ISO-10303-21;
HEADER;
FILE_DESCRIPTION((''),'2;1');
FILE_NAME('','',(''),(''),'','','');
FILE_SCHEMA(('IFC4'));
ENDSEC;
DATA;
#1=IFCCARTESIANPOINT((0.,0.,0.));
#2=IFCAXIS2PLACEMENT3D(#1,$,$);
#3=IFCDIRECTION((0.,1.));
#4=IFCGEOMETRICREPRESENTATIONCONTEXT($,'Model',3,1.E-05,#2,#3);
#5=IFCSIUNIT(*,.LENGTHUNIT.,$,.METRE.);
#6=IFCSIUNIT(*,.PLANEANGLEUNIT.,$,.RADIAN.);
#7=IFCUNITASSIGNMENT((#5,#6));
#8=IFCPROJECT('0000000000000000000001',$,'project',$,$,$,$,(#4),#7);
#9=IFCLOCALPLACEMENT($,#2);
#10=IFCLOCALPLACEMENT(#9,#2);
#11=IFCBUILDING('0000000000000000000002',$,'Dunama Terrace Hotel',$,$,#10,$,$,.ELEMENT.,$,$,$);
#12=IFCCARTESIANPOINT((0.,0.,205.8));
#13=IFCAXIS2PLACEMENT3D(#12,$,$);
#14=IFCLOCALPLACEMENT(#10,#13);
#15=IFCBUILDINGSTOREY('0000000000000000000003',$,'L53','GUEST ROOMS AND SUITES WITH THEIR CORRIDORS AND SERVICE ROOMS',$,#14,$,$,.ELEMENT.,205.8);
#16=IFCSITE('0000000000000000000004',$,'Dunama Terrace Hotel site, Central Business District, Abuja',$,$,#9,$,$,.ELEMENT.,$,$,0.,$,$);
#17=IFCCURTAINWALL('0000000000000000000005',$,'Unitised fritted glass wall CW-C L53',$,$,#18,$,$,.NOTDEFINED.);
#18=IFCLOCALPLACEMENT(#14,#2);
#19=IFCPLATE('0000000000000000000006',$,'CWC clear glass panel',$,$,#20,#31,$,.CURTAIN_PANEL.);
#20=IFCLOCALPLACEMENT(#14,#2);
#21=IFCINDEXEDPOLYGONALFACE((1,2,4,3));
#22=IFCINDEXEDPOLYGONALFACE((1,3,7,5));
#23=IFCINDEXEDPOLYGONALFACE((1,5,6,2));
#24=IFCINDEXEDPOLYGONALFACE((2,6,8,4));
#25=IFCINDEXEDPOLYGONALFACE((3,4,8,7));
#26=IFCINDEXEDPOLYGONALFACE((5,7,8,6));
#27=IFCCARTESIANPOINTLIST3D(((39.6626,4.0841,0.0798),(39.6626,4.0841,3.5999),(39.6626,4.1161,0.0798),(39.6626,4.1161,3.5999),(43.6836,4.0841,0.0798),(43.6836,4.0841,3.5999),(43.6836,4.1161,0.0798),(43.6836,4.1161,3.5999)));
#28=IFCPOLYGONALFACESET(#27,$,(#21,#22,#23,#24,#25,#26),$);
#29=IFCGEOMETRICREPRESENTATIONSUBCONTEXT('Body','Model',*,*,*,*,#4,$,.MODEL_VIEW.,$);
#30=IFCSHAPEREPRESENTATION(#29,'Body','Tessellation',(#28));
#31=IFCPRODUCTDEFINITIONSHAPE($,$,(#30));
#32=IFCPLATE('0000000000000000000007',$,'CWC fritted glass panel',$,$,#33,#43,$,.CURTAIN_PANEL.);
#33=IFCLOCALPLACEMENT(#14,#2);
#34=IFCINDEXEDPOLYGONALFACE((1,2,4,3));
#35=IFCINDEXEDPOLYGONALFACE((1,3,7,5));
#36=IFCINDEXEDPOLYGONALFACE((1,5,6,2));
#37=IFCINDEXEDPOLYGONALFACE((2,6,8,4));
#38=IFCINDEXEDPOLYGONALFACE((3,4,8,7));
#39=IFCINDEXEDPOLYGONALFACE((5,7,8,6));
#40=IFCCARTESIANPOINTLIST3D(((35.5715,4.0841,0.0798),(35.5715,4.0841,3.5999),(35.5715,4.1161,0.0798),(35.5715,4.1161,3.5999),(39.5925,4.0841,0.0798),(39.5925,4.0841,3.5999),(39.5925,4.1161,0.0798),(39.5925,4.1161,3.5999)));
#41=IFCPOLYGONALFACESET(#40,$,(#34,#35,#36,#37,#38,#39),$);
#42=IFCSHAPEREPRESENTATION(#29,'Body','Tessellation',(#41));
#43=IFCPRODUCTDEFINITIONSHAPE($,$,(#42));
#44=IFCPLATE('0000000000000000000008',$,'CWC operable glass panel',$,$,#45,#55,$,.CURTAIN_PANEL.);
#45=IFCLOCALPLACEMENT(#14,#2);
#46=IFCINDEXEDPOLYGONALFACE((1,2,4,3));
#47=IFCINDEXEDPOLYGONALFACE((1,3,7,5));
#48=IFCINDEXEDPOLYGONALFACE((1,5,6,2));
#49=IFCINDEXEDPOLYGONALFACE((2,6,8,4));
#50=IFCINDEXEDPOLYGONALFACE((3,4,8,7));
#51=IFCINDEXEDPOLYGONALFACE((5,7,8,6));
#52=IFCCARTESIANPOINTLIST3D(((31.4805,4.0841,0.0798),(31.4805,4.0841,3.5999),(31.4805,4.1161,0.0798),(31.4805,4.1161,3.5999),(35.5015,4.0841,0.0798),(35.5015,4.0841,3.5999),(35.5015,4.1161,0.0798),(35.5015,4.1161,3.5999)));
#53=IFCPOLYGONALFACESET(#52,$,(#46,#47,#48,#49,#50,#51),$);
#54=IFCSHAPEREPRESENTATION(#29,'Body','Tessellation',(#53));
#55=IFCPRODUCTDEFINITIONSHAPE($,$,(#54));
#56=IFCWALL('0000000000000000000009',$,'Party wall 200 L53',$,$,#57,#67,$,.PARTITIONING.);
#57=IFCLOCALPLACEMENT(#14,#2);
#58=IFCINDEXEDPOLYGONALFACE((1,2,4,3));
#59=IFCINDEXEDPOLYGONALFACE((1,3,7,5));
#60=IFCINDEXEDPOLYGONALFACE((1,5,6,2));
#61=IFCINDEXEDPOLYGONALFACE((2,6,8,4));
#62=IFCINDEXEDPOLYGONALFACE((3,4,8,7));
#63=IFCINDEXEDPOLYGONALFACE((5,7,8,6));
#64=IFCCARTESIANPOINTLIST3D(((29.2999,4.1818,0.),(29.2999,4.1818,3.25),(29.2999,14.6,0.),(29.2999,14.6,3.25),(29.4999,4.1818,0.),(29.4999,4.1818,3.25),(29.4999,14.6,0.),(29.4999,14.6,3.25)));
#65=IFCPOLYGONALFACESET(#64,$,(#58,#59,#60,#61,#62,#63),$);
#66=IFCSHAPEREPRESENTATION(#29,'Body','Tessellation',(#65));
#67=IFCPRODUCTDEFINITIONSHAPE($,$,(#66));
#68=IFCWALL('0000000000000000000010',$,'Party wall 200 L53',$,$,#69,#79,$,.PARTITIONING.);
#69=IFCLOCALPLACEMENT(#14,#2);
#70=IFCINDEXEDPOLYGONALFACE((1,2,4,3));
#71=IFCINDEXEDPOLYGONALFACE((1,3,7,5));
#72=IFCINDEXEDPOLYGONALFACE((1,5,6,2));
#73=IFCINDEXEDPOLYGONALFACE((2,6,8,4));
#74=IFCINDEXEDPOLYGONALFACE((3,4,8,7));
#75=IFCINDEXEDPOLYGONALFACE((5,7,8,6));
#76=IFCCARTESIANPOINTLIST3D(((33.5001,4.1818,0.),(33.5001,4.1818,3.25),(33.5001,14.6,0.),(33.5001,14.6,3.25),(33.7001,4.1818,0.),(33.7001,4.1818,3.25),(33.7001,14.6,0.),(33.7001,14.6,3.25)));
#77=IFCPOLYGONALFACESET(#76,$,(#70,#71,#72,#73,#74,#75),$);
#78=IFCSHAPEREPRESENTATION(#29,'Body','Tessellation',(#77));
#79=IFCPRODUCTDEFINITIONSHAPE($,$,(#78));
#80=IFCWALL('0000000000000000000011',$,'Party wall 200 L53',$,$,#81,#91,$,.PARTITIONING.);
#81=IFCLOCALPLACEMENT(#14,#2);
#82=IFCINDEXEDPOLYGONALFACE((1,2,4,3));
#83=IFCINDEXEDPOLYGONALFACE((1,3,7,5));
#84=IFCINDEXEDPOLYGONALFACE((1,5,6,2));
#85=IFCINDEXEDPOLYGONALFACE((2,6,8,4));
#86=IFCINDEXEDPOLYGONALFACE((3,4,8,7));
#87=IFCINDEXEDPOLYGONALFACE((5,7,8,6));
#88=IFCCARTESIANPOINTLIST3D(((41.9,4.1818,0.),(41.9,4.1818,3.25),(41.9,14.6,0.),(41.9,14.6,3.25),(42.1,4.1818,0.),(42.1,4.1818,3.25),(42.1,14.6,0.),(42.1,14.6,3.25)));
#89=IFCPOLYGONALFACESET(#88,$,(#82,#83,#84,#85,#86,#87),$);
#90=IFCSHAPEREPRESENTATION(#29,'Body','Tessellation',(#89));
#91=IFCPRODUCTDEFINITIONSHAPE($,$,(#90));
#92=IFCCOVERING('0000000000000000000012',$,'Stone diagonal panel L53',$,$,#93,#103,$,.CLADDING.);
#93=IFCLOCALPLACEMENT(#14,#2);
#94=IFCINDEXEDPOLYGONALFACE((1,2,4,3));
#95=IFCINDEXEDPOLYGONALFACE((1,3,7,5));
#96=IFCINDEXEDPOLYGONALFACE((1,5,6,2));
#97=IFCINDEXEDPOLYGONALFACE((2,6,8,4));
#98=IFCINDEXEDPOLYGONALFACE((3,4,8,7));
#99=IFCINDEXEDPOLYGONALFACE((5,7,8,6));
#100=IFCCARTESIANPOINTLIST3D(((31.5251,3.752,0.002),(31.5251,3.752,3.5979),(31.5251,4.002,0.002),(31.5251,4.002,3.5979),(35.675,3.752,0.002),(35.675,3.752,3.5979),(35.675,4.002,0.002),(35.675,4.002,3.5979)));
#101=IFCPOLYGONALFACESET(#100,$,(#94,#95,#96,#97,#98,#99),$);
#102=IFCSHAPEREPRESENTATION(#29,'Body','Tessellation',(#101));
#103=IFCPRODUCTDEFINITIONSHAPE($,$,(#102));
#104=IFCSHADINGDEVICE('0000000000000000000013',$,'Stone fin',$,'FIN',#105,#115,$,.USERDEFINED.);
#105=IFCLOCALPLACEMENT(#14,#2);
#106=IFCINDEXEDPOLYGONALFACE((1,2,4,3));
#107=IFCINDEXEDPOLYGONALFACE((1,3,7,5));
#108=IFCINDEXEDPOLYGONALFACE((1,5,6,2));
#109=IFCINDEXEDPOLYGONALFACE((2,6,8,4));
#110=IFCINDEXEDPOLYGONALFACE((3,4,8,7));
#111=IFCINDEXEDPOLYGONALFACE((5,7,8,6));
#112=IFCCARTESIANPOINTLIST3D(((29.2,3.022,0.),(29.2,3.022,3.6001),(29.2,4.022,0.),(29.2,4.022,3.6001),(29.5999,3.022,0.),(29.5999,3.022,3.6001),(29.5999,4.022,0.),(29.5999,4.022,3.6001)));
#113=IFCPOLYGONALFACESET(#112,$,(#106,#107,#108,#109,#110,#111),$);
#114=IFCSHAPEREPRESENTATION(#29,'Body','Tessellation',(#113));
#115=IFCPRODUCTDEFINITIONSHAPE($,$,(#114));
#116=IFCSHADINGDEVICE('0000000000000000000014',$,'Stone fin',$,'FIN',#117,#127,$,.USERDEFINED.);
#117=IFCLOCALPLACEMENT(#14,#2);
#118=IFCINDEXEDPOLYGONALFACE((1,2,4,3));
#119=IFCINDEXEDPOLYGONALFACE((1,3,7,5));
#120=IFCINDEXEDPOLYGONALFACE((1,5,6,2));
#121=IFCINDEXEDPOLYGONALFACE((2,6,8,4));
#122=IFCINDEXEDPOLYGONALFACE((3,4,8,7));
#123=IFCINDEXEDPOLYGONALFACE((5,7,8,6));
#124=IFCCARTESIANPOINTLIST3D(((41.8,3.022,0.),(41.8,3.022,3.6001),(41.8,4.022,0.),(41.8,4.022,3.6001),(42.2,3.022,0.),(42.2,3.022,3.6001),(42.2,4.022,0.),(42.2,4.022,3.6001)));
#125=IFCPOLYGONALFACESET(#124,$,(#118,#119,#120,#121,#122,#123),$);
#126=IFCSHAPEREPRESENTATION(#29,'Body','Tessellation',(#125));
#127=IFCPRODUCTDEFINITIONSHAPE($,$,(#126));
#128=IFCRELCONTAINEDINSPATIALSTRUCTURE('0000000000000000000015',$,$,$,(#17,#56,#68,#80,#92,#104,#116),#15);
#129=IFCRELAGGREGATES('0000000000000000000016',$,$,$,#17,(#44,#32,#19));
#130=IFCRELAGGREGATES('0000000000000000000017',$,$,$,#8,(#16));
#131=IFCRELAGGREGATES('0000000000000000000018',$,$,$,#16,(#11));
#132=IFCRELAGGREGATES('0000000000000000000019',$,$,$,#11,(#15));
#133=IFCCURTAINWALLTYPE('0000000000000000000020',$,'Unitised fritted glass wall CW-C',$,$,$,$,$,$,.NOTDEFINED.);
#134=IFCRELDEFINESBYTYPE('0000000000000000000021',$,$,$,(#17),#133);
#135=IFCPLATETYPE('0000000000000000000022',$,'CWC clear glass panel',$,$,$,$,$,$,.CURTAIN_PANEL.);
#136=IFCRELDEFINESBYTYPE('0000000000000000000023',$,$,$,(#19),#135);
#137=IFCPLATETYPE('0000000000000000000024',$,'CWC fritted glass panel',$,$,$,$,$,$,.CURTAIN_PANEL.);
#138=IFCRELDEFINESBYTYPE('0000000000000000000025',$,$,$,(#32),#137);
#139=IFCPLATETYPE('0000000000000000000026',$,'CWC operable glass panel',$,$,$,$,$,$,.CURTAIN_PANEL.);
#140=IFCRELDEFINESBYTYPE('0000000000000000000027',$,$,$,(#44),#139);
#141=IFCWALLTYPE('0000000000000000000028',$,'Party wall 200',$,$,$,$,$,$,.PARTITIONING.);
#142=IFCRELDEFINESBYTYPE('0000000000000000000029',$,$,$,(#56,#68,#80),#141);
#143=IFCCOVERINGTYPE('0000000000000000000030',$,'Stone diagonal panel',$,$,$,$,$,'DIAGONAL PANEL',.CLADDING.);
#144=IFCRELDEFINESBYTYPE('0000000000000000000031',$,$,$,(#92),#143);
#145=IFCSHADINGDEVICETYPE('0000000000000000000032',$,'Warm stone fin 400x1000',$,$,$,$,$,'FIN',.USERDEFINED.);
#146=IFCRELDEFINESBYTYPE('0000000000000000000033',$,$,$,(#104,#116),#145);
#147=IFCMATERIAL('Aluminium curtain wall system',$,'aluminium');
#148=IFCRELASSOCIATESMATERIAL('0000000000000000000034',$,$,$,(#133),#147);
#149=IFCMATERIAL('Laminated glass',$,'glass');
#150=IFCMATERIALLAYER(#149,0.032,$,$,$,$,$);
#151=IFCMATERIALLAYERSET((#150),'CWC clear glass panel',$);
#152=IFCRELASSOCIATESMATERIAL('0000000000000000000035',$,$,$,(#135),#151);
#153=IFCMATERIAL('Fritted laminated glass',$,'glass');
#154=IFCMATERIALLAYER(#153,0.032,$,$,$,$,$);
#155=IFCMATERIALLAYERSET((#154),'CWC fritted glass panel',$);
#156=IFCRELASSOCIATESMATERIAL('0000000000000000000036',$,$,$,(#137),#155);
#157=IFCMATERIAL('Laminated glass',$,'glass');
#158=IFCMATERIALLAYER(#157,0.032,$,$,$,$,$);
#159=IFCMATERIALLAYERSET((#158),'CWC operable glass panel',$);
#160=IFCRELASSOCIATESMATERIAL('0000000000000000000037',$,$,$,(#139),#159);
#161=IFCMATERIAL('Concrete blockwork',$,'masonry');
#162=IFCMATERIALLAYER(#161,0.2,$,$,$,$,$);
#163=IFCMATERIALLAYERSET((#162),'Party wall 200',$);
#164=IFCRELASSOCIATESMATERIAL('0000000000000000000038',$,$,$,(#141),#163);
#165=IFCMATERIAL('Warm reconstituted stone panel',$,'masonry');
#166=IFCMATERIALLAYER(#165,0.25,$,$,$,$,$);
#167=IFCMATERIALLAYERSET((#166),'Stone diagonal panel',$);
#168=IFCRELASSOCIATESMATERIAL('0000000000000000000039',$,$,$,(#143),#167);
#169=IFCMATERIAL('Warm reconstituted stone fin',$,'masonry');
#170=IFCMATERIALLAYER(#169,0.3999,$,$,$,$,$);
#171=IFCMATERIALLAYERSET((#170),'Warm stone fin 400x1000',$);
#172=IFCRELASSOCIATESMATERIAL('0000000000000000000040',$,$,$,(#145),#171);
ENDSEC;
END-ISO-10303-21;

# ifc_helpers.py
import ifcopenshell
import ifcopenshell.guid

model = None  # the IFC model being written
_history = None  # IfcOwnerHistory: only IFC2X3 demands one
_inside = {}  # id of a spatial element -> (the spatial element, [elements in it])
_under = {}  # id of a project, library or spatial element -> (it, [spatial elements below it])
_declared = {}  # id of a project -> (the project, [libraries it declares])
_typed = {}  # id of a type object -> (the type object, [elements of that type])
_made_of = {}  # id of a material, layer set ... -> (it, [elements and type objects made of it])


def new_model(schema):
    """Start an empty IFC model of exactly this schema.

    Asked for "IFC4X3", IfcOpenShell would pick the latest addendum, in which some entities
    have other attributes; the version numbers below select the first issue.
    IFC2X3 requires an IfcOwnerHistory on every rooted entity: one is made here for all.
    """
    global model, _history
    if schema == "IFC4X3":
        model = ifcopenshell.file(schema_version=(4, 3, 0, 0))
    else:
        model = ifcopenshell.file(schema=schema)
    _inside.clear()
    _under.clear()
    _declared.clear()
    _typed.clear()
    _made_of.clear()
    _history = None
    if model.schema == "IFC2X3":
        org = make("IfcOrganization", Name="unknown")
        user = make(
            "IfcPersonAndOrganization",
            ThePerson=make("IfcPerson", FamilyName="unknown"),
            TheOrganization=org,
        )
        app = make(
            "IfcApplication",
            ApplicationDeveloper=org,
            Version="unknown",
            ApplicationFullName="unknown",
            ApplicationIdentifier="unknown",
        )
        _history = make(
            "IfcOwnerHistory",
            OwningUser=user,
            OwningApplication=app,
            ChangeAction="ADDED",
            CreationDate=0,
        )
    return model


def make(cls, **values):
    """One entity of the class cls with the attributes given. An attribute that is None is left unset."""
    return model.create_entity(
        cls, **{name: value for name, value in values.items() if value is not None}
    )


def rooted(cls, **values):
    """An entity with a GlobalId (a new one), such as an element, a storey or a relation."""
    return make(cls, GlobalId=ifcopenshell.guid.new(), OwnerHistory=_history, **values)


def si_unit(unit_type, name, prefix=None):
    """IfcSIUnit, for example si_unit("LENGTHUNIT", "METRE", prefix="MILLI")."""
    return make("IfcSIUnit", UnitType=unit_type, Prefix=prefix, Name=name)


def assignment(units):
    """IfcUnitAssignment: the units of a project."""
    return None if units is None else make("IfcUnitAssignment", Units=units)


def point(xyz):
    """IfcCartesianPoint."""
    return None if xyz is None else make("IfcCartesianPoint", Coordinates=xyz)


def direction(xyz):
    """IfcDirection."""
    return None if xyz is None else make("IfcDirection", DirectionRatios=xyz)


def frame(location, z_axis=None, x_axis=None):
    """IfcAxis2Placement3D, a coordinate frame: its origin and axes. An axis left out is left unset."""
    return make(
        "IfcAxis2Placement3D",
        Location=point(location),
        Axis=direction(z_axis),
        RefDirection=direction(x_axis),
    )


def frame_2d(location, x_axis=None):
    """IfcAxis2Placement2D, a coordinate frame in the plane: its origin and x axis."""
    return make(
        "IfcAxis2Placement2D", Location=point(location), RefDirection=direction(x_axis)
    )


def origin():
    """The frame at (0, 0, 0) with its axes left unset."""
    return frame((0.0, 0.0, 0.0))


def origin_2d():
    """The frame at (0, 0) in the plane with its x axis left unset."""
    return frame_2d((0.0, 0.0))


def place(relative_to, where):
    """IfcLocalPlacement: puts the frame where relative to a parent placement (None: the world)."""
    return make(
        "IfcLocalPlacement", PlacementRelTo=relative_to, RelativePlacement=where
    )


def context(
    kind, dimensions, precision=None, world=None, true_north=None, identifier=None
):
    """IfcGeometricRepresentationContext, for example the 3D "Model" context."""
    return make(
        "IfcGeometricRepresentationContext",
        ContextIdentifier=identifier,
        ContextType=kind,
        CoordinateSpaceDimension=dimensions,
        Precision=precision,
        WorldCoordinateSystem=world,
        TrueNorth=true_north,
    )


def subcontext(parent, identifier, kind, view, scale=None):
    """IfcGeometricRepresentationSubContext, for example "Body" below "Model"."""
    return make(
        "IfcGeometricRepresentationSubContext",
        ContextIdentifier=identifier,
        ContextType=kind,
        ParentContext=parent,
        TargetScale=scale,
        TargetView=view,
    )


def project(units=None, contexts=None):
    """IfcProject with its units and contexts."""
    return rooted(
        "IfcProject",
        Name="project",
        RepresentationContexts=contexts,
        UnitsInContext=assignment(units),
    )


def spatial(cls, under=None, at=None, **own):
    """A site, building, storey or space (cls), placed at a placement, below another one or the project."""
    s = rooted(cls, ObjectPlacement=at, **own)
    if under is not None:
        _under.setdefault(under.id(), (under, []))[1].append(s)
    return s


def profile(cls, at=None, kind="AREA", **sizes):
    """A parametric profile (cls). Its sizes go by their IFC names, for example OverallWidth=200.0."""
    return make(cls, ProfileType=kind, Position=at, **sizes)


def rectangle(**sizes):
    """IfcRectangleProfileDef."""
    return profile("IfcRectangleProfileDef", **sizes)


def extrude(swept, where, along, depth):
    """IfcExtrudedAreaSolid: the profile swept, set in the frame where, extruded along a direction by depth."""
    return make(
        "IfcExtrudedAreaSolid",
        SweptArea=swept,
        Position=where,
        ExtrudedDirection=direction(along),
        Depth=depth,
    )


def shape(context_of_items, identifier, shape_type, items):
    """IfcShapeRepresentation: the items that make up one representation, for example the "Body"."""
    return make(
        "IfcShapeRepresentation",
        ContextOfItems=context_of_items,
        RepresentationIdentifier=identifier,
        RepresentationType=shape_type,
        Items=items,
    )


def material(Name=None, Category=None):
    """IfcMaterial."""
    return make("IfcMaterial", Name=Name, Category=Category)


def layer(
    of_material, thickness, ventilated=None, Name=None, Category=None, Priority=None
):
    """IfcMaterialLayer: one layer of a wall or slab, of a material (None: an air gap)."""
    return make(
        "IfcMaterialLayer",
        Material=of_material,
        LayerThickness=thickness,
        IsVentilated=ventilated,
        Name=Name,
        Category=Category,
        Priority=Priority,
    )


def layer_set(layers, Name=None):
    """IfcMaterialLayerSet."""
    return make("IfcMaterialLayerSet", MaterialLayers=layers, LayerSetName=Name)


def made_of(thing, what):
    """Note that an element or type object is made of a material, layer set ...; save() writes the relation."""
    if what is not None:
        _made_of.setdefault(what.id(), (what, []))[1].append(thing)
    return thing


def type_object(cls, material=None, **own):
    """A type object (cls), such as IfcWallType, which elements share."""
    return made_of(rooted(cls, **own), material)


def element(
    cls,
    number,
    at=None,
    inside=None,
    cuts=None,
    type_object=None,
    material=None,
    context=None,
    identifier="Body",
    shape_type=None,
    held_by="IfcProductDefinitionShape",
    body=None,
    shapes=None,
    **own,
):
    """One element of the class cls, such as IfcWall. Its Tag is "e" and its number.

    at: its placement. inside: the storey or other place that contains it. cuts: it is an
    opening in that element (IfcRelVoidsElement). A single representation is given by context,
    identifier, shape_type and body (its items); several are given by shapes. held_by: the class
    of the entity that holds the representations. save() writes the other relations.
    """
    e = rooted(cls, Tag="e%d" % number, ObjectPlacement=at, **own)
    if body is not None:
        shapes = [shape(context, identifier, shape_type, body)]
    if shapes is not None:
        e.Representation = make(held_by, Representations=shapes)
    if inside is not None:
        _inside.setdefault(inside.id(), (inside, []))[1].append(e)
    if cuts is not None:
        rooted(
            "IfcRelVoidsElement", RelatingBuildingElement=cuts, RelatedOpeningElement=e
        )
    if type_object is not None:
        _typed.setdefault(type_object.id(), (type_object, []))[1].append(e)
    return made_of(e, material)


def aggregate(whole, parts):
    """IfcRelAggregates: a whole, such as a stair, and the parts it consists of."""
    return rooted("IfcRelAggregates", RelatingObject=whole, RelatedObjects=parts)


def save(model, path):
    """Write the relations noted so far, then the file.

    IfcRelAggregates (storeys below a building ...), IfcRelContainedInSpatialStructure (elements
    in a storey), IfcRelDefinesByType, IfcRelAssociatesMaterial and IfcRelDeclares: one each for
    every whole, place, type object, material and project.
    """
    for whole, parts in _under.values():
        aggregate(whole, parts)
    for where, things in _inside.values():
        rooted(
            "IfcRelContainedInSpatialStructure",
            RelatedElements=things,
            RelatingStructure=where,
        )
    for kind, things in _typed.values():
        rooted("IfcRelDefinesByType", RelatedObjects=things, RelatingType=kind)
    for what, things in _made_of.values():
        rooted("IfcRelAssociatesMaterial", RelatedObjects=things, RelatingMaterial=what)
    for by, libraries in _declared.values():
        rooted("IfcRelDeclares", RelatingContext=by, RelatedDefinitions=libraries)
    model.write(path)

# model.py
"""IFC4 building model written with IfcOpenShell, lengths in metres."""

from ifc_helpers import new_model, si_unit, direction, frame, frame_2d, origin, origin_2d, place, context, subcontext, project, spatial, rectangle, extrude, material, layer, layer_set, type_object, element, aggregate, save


model = new_model("IFC4")

# Units and contexts
model_context = context("Model", 3, precision=1e-05, world=origin(), true_north=direction((0.0, 1.0)))
body_context = subcontext(model_context, "Body", "Model", "MODEL_VIEW")
ifc_project = project(units=[si_unit("LENGTHUNIT", "METRE"), si_unit("PLANEANGLEUNIT", "RADIAN")], contexts=[model_context])

# Site, building, storey
site_placement = place(None, origin())
site = spatial("IfcSite", under=ifc_project, at=site_placement, Name="Dunama Terrace Hotel site, Central Business District, Abuja", CompositionType="ELEMENT", RefElevation=0.0)
building_placement = place(site_placement, origin())
building = spatial("IfcBuilding", under=site, at=building_placement, Name="Dunama Terrace Hotel", CompositionType="ELEMENT")
storey_placement = place(building_placement, frame((0.0, 0.0, 205.8)))
storey = spatial("IfcBuildingStorey", under=building, at=storey_placement, Name="L53", Description="GUEST ROOMS AND SUITES WITH THEIR CORRIDORS AND SERVICE ROOMS", CompositionType="ELEMENT", Elevation=205.8)

# Curtain wall
ifc_material_1 = material(Name="Aluminium curtain wall system", Category="aluminium")
curtain_wall_type = type_object("IfcCurtainWallType", Name="Unitised fritted glass wall CW-C", PredefinedType="NOTDEFINED", material=ifc_material_1)
curtain_wall_placement = place(storey_placement, origin())
curtain_wall = element("IfcCurtainWall", 1, at=curtain_wall_placement, inside=storey, type_object=curtain_wall_type, Name="Unitised fritted glass wall CW-C L53", PredefinedType="NOTDEFINED")

# Plates
ifc_material_2 = material(Name="Laminated glass", Category="glass")
ifc_layer_1 = layer(ifc_material_2, 0.032)
ifc_layer_set_1 = layer_set([ifc_layer_1], Name="CWC clear glass panel")
plate_type_1 = type_object("IfcPlateType", Name="CWC clear glass panel", PredefinedType="CURTAIN_PANEL", material=ifc_layer_set_1)
plate_1_placement = place(storey_placement, frame((41.6731, 4.1001, 0.0798), z_axis=(0.0, 0.0, 1.0), x_axis=(1.0, 0.0, 0.0)))
plate_1 = element("IfcPlate", 2, at=plate_1_placement, type_object=plate_type_1, Name="CWC clear glass panel", PredefinedType="CURTAIN_PANEL", context=body_context, shape_type="SweptSolid", body=[
    extrude(rectangle(XDim=4.021, YDim=0.032, at=origin_2d()), origin(), (0.0, 0.0, 1.0), 3.52),
])
ifc_material_3 = material(Name="Fritted laminated glass", Category="glass")
ifc_layer_2 = layer(ifc_material_3, 0.032)
ifc_layer_set_2 = layer_set([ifc_layer_2], Name="CWC fritted glass panel")
plate_type_2 = type_object("IfcPlateType", Name="CWC fritted glass panel", PredefinedType="CURTAIN_PANEL", material=ifc_layer_set_2)
plate_2_placement = place(storey_placement, frame((37.582, 4.1001, 0.0798), z_axis=(0.0, 0.0, 1.0), x_axis=(1.0, 0.0, 0.0)))
plate_2 = element("IfcPlate", 3, at=plate_2_placement, type_object=plate_type_2, Name="CWC fritted glass panel", PredefinedType="CURTAIN_PANEL", context=body_context, shape_type="SweptSolid", body=[
    extrude(rectangle(XDim=4.021, YDim=0.032, at=origin_2d()), origin(), (0.0, 0.0, 1.0), 3.52),
])
ifc_material_4 = material(Name="Laminated glass", Category="glass")
ifc_layer_3 = layer(ifc_material_4, 0.032)
ifc_layer_set_3 = layer_set([ifc_layer_3], Name="CWC operable glass panel")
plate_type_3 = type_object("IfcPlateType", Name="CWC operable glass panel", PredefinedType="CURTAIN_PANEL", material=ifc_layer_set_3)
plate_3_placement = place(storey_placement, frame((33.491, 4.1001, 0.0798), z_axis=(0.0, 0.0, 1.0), x_axis=(1.0, 0.0, 0.0)))
plate_3 = element("IfcPlate", 4, at=plate_3_placement, type_object=plate_type_3, Name="CWC operable glass panel", PredefinedType="CURTAIN_PANEL", context=body_context, shape_type="SweptSolid", body=[
    extrude(rectangle(XDim=4.021, YDim=0.032, at=origin_2d()), origin(), (0.0, 0.0, 1.0), 3.52),
])
aggregate(curtain_wall, [plate_3, plate_2, plate_1])

# Walls
ifc_material_5 = material(Name="Concrete blockwork", Category="masonry")
ifc_layer_4 = layer(ifc_material_5, 0.2)
ifc_layer_set_4 = layer_set([ifc_layer_4], Name="Party wall 200")
wall_type = type_object("IfcWallType", Name="Party wall 200", PredefinedType="PARTITIONING", material=ifc_layer_set_4)
for number, where, z_axis, x_axis, name in (
    (5, (29.3999, 4.1819, 0.0), (0.0, 0.0, 1.0), (0.0, 1.0, 0.0), "Party wall 200 L53"),
    (6, (33.6001, 4.1819, 0.0), (0.0, 0.0, 1.0), (0.0, 1.0, 0.0), "Party wall 200 L53"),
    (7, (42.0, 4.1819, 0.0), (0.0, 0.0, 1.0), (0.0, 1.0, 0.0), "Party wall 200 L53"),
):
    element("IfcWall", number, at=place(storey_placement, frame(where, z_axis=z_axis, x_axis=x_axis)), inside=storey, type_object=wall_type, Name=name, PredefinedType="PARTITIONING", context=body_context, shape_type="SweptSolid", body=[
        extrude(rectangle(XDim=10.4182, YDim=0.2, at=frame_2d((5.209, 0.0))), origin(), (0.0, 0.0, 1.0), 3.25),
    ])

# Covering
ifc_material_6 = material(Name="Warm reconstituted stone panel", Category="masonry")
ifc_layer_5 = layer(ifc_material_6, 0.25)
ifc_layer_set_5 = layer_set([ifc_layer_5], Name="Stone diagonal panel")
covering_type = type_object("IfcCoveringType", Name="Stone diagonal panel", ElementType="DIAGONAL PANEL", PredefinedType="CLADDING", material=ifc_layer_set_5)
covering_placement = place(storey_placement, frame((33.6001, 3.877, 0.002), z_axis=(0.0, 0.0, 1.0), x_axis=(1.0, 0.0, 0.0)))
element("IfcCovering", 8, at=covering_placement, inside=storey, type_object=covering_type, Name="Stone diagonal panel L53", PredefinedType="CLADDING", context=body_context, shape_type="SweptSolid", body=[
    extrude(rectangle(XDim=4.1499, YDim=0.25, at=origin_2d()), origin(), (0.0, 0.0, 1.0), 3.5959),
])

# Shading devices
ifc_material_7 = material(Name="Warm reconstituted stone fin", Category="masonry")
ifc_layer_6 = layer(ifc_material_7, 0.3999)
ifc_layer_set_6 = layer_set([ifc_layer_6], Name="Warm stone fin 400x1000")
shading_device_type = type_object("IfcShadingDeviceType", Name="Warm stone fin 400x1000", ElementType="FIN", PredefinedType="USERDEFINED", material=ifc_layer_set_6)
for number, where, z_axis, x_axis, name in (
    (9, (29.3999, 3.522, 0.0), (0.0, 0.0, 1.0), (1.0, 0.0, 0.0), "Stone fin"),
    (10, (42.0, 3.522, 0.0), (0.0, 0.0, 1.0), (1.0, 0.0, 0.0), "Stone fin"),
):
    element("IfcShadingDevice", number, at=place(storey_placement, frame(where, z_axis=z_axis, x_axis=x_axis)), inside=storey, type_object=shading_device_type, Name=name, ObjectType="FIN", PredefinedType="USERDEFINED", context=body_context, shape_type="SweptSolid", body=[
        extrude(rectangle(XDim=0.3999, YDim=1.0, at=origin_2d()), origin(), (0.0, 0.0, 1.0), 3.6001),
    ])

save(model, "model.ifc")
